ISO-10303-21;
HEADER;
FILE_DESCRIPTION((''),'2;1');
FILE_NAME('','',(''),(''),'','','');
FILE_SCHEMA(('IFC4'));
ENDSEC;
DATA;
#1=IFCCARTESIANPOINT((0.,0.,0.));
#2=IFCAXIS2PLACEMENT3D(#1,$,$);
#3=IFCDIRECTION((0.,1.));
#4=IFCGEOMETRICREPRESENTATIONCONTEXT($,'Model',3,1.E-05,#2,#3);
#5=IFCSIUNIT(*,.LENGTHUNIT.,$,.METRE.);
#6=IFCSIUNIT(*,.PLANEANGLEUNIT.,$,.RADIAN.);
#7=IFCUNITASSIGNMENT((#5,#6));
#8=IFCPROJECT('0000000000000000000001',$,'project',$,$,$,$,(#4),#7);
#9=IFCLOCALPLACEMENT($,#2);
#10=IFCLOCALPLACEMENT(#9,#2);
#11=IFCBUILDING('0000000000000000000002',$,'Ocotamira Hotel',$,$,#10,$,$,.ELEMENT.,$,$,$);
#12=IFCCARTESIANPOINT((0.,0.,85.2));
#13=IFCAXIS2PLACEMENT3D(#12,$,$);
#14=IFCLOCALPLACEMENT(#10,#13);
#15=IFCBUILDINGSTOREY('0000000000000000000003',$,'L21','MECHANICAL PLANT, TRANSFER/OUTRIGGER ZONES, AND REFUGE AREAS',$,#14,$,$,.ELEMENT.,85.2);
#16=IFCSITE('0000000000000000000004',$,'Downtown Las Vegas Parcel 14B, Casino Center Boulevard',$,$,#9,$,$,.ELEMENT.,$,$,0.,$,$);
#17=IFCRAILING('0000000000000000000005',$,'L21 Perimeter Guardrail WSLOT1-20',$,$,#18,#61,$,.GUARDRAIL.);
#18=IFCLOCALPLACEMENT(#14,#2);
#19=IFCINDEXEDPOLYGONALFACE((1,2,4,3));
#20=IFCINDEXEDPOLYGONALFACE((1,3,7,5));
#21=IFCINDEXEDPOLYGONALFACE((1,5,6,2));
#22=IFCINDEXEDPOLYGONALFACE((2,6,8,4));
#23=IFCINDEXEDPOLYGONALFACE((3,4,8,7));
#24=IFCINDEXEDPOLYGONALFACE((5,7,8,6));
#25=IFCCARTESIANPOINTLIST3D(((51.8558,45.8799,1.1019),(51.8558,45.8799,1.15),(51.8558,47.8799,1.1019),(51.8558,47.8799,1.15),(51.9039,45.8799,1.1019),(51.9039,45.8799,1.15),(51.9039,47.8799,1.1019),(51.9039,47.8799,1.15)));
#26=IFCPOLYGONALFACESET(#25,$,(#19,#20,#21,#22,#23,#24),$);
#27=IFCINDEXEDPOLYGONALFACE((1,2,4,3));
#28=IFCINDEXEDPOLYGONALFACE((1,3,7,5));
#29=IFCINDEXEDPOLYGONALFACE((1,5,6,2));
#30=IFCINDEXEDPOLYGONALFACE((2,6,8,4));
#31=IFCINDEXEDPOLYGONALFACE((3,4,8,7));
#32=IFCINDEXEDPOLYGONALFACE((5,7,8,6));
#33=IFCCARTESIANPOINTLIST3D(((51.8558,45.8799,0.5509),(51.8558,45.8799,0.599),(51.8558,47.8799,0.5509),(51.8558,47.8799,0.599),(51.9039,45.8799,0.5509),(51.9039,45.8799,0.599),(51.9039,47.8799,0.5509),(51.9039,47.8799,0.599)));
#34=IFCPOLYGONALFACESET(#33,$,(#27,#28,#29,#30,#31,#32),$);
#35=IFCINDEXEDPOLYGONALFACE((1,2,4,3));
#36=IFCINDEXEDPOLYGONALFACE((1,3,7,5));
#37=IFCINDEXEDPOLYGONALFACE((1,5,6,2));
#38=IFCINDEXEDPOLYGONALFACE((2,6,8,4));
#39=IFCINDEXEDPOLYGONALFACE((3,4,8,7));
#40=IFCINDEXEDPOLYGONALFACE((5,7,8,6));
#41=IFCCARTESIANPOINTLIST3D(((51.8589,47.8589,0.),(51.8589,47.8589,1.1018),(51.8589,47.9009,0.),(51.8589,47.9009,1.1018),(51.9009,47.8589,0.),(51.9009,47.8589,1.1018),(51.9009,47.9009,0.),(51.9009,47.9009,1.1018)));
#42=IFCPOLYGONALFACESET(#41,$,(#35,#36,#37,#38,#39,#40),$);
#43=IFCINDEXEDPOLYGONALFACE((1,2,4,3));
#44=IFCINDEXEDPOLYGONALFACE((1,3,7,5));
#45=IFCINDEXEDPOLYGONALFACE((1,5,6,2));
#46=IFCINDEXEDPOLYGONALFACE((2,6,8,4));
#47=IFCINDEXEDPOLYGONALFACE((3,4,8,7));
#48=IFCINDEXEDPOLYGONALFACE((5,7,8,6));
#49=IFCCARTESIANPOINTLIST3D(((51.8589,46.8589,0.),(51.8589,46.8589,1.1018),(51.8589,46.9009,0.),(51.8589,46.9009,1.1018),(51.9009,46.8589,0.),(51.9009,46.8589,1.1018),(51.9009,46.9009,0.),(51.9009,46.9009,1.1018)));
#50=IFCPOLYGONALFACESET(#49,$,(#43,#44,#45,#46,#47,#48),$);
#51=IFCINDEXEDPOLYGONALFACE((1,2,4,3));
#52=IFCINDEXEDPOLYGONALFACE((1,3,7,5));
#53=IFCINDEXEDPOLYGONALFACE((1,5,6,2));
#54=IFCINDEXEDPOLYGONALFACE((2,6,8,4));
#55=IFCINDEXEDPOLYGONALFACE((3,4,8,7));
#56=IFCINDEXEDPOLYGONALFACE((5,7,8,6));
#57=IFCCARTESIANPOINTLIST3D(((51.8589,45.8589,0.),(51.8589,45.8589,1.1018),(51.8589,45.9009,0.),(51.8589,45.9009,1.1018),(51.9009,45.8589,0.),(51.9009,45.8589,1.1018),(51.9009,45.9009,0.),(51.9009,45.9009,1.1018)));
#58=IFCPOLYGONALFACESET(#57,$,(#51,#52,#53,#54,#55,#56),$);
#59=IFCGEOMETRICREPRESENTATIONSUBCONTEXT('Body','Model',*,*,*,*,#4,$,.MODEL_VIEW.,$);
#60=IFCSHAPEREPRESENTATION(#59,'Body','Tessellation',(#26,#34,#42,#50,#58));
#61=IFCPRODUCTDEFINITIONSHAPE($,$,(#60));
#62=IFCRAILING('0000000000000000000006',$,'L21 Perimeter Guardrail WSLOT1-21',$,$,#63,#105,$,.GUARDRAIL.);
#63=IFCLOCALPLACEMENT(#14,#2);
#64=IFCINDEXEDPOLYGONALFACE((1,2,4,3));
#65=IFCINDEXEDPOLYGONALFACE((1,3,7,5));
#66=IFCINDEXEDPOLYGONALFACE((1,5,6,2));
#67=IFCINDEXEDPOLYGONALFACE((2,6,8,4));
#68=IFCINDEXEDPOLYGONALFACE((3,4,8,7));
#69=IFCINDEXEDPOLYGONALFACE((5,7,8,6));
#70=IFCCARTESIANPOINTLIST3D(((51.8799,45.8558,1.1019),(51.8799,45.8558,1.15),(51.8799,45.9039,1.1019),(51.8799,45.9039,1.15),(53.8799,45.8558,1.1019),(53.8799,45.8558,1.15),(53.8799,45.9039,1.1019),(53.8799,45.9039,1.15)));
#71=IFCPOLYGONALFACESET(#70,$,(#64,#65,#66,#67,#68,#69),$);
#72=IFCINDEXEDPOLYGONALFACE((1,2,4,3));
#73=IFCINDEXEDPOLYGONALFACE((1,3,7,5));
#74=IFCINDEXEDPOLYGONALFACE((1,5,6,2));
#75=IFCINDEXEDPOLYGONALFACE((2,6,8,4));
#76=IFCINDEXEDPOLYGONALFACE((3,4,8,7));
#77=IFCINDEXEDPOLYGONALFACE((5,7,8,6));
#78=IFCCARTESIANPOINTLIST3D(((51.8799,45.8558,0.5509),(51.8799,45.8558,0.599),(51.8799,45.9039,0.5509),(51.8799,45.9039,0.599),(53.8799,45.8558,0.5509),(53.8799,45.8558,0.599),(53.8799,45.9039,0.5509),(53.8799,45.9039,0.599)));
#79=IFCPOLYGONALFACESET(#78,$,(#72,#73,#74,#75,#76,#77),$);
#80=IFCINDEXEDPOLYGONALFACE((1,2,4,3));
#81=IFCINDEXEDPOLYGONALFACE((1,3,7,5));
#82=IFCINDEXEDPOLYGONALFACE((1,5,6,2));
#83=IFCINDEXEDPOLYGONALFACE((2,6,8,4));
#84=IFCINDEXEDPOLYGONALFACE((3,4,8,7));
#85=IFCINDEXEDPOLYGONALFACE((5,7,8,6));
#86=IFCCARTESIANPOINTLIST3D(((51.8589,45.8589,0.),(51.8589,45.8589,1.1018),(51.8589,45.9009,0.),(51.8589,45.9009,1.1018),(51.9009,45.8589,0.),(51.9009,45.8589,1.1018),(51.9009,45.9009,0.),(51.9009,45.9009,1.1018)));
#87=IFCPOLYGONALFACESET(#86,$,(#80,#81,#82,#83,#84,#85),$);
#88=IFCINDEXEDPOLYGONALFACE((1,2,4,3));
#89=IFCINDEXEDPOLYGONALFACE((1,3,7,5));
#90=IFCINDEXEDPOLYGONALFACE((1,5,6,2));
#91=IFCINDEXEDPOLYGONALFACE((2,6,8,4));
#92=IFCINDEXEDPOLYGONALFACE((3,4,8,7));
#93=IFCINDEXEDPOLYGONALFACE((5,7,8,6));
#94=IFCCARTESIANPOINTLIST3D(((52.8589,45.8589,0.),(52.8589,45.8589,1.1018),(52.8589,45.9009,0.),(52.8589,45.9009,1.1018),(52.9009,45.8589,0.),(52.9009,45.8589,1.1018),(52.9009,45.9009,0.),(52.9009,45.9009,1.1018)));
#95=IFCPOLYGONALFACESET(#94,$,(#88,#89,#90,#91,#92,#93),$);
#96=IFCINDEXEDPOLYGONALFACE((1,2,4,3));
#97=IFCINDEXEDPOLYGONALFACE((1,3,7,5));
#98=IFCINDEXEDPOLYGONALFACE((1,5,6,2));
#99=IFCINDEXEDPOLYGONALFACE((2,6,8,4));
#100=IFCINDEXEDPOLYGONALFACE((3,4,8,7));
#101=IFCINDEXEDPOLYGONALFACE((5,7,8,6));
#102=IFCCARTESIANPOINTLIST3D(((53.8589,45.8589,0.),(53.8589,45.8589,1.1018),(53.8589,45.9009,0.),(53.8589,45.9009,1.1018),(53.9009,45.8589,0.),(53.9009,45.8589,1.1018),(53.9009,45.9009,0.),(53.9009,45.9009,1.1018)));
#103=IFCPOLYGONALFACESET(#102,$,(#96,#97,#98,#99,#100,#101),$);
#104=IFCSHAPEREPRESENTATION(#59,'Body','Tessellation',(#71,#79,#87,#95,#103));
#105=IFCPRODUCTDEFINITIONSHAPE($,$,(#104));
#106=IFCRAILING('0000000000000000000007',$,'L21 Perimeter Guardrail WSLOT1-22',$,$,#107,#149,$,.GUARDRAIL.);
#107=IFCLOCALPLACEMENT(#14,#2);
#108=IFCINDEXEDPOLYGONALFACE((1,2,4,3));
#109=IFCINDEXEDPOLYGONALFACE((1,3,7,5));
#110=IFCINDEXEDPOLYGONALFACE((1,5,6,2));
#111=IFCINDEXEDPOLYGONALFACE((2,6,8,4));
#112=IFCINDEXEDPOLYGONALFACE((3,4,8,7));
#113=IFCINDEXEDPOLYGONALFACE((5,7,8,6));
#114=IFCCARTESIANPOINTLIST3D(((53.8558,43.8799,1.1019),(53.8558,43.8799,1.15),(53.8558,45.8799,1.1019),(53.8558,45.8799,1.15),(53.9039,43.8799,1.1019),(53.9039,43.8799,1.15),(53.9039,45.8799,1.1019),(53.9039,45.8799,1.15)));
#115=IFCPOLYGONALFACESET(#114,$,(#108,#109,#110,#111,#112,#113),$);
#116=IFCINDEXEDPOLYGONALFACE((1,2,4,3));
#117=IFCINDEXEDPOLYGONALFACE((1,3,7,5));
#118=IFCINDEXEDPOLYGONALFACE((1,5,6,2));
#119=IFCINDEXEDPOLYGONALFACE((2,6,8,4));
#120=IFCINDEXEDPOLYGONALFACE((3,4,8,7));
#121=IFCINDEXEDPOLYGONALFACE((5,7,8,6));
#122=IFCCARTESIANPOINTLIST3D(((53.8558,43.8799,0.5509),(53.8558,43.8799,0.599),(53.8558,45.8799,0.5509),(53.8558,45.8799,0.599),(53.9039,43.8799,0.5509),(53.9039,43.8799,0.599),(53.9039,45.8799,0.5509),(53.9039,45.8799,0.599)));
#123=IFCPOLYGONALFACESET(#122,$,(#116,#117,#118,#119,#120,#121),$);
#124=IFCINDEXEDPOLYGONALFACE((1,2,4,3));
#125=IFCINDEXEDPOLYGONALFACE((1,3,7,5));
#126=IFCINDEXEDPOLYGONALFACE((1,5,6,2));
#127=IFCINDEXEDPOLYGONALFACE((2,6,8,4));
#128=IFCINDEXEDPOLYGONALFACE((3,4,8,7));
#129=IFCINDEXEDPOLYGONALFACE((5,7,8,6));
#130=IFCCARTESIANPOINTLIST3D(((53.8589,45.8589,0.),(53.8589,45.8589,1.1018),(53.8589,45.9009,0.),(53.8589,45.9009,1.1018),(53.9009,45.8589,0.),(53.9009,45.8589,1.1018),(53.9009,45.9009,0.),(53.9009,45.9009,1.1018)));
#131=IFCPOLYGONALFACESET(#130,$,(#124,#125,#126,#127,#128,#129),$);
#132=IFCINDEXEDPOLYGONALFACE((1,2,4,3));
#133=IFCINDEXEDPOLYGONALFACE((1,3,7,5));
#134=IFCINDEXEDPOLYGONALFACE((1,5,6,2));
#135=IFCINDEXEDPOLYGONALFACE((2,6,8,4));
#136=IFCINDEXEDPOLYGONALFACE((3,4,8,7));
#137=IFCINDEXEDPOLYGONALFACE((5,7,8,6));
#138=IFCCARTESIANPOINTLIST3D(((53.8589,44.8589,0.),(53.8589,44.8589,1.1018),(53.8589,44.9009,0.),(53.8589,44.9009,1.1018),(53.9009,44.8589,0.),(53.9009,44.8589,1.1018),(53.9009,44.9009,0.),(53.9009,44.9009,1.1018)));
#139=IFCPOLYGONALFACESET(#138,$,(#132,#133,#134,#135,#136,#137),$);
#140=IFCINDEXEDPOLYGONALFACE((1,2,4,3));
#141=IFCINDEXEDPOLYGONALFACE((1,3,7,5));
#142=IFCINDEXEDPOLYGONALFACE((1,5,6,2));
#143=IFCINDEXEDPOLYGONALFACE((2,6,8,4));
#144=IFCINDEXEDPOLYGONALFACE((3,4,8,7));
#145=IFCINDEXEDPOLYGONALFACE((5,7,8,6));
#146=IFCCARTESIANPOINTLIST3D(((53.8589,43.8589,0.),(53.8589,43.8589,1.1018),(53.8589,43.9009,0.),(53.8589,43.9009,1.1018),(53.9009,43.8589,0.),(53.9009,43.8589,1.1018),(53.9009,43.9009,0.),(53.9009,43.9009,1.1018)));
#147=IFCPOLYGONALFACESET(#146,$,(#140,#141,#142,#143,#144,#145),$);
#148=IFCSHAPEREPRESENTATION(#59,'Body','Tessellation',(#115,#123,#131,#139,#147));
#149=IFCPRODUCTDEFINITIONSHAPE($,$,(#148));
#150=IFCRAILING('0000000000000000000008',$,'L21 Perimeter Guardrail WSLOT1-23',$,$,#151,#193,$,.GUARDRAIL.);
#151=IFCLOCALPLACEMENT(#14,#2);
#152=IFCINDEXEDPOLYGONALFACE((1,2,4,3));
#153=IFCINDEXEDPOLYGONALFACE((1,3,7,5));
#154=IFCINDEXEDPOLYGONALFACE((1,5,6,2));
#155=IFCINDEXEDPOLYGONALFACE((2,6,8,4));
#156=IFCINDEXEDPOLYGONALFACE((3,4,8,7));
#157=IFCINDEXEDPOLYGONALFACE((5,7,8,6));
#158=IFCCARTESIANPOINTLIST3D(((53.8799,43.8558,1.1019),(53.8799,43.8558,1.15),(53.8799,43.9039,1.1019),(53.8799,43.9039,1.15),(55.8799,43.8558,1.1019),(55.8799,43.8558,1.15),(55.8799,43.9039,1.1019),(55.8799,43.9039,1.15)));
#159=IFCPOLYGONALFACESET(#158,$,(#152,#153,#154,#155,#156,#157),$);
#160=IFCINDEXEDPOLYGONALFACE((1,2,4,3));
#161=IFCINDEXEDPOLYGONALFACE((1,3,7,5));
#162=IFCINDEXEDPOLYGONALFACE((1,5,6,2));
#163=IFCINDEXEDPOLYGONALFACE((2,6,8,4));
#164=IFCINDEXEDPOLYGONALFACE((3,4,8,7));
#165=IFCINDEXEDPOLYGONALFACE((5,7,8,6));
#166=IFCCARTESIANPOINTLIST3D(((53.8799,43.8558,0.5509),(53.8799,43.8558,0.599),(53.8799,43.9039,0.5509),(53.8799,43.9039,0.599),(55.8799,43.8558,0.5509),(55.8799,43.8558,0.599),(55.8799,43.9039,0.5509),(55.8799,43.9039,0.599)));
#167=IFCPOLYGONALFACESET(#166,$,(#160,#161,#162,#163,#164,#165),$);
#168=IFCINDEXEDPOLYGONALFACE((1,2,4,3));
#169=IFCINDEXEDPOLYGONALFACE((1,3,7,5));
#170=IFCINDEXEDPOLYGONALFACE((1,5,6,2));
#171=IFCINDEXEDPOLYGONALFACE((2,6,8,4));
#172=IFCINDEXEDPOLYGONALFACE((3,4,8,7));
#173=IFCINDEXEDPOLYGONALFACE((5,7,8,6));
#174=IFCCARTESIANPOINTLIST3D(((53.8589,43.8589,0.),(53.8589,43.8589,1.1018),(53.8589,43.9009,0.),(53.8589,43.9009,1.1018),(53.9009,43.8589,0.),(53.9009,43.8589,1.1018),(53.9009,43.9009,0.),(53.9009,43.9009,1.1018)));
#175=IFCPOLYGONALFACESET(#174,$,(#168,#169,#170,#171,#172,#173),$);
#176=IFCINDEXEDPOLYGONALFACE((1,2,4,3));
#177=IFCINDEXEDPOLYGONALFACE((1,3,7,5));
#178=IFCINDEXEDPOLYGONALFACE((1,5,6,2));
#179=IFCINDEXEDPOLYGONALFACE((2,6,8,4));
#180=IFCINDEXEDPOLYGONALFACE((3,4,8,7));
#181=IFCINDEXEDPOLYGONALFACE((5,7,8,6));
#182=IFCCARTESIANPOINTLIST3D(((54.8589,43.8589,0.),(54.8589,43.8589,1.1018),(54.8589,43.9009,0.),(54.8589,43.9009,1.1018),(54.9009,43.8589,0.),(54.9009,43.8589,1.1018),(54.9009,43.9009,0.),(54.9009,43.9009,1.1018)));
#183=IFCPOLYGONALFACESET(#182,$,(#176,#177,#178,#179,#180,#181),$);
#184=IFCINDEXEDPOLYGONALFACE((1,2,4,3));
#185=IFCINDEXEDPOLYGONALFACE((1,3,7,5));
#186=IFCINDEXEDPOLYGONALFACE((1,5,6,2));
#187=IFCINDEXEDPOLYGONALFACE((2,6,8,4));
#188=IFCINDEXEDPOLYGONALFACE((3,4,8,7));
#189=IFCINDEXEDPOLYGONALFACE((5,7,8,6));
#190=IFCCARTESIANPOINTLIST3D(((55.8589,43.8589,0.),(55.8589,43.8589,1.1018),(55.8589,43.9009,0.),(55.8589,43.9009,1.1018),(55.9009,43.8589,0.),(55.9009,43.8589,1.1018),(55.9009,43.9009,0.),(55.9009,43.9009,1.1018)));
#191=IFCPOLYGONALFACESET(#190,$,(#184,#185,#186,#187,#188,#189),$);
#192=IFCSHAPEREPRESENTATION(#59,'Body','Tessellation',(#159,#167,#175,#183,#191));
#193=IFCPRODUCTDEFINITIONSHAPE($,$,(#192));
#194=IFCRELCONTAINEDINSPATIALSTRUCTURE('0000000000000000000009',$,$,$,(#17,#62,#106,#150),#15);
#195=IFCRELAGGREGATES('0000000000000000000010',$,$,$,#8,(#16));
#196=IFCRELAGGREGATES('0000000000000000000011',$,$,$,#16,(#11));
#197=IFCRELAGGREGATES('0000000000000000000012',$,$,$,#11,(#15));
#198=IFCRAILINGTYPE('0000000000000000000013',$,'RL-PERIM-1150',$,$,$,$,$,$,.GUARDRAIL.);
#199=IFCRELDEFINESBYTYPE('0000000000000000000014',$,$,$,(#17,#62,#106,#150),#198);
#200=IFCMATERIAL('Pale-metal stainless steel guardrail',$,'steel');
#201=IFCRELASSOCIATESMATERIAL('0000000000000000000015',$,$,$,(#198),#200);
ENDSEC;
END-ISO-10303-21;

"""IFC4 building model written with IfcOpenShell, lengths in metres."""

from ifc_helpers import new_model, si_unit, direction, frame, origin, origin_2d, place, context, subcontext, project, spatial, rectangle, extrude, material, type_object, element, save


model = new_model("IFC4")

# Units and contexts
model_context = context("Model", 3, precision=1e-05, world=origin(), true_north=direction((0.0, 1.0)))
body_context = subcontext(model_context, "Body", "Model", "MODEL_VIEW")
ifc_project = project(units=[si_unit("LENGTHUNIT", "METRE"), si_unit("PLANEANGLEUNIT", "RADIAN")], contexts=[model_context])

# Site, building, storey
site_placement = place(None, origin())
site = spatial("IfcSite", under=ifc_project, at=site_placement, Name="Downtown Las Vegas Parcel 14B, Casino Center Boulevard", CompositionType="ELEMENT", RefElevation=0.0)
building_placement = place(site_placement, origin())
building = spatial("IfcBuilding", under=site, at=building_placement, Name="Ocotamira Hotel", CompositionType="ELEMENT")
storey_placement = place(building_placement, frame((0.0, 0.0, 85.2)))
storey = spatial("IfcBuildingStorey", under=building, at=storey_placement, Name="L21", Description="MECHANICAL PLANT, TRANSFER/OUTRIGGER ZONES, AND REFUGE AREAS", CompositionType="ELEMENT", Elevation=85.2)

# Railings
ifc_material_1 = material(Name="Pale-metal stainless steel guardrail", Category="steel")
railing_type = type_object("IfcRailingType", Name="RL-PERIM-1150", PredefinedType="GUARDRAIL", material=ifc_material_1)
railing_1_placement = place(storey_placement, frame((51.8799, 47.8799, 0.0)))
element("IfcRailing", 1, at=railing_1_placement, inside=storey, type_object=railing_type, Name="L21 Perimeter Guardrail WSLOT1-20", PredefinedType="GUARDRAIL", context=body_context, shape_type="SweptSolid", body=[
    extrude(rectangle(XDim=0.0481, YDim=0.0481, at=origin_2d()), frame((0.0, 0.0, 1.126), z_axis=(0.0, -1.0, 0.0), x_axis=(1.0, 0.0, 0.0)), (0.0, 0.0, 1.0), 2.0),
    extrude(rectangle(XDim=0.0481, YDim=0.0481, at=origin_2d()), frame((0.0, 0.0, 0.575), z_axis=(0.0, -1.0, 0.0), x_axis=(1.0, 0.0, 0.0)), (0.0, 0.0, 1.0), 2.0),
    extrude(rectangle(XDim=0.042, YDim=0.042, at=origin_2d()), origin(), (0.0, 0.0, 1.0), 1.1018),
    extrude(rectangle(XDim=0.042, YDim=0.042, at=origin_2d()), frame((0.0, -1.0, 0.0)), (0.0, 0.0, 1.0), 1.1018),
    extrude(rectangle(XDim=0.042, YDim=0.042, at=origin_2d()), frame((0.0, -2.0, 0.0)), (0.0, 0.0, 1.0), 1.1018),
])
railing_2_placement = place(storey_placement, frame((51.8799, 45.8799, 0.0)))
element("IfcRailing", 2, at=railing_2_placement, inside=storey, type_object=railing_type, Name="L21 Perimeter Guardrail WSLOT1-21", PredefinedType="GUARDRAIL", context=body_context, shape_type="SweptSolid", body=[
    extrude(rectangle(XDim=0.0481, YDim=0.0481, at=origin_2d()), frame((0.0, 0.0, 1.126), z_axis=(1.0, 0.0, 0.0), x_axis=(0.0, 1.0, 0.0)), (0.0, 0.0, 1.0), 2.0),
    extrude(rectangle(XDim=0.0481, YDim=0.0481, at=origin_2d()), frame((0.0, 0.0, 0.575), z_axis=(1.0, 0.0, 0.0), x_axis=(0.0, 1.0, 0.0)), (0.0, 0.0, 1.0), 2.0),
    extrude(rectangle(XDim=0.042, YDim=0.042, at=origin_2d()), origin(), (0.0, 0.0, 1.0), 1.1018),
    extrude(rectangle(XDim=0.042, YDim=0.042, at=origin_2d()), frame((1.0, 0.0, 0.0)), (0.0, 0.0, 1.0), 1.1018),
    extrude(rectangle(XDim=0.042, YDim=0.042, at=origin_2d()), frame((2.0, 0.0, 0.0)), (0.0, 0.0, 1.0), 1.1018),
])
railing_3_placement = place(storey_placement, frame((53.8799, 45.8799, 0.0)))
element("IfcRailing", 3, at=railing_3_placement, inside=storey, type_object=railing_type, Name="L21 Perimeter Guardrail WSLOT1-22", PredefinedType="GUARDRAIL", context=body_context, shape_type="SweptSolid", body=[
    extrude(rectangle(XDim=0.0481, YDim=0.0481, at=origin_2d()), frame((0.0, 0.0, 1.126), z_axis=(0.0, -1.0, 0.0), x_axis=(1.0, 0.0, 0.0)), (0.0, 0.0, 1.0), 2.0),
    extrude(rectangle(XDim=0.0481, YDim=0.0481, at=origin_2d()), frame((0.0, 0.0, 0.575), z_axis=(0.0, -1.0, 0.0), x_axis=(1.0, 0.0, 0.0)), (0.0, 0.0, 1.0), 2.0),
    extrude(rectangle(XDim=0.042, YDim=0.042, at=origin_2d()), origin(), (0.0, 0.0, 1.0), 1.1018),
    extrude(rectangle(XDim=0.042, YDim=0.042, at=origin_2d()), frame((0.0, -1.0, 0.0)), (0.0, 0.0, 1.0), 1.1018),
    extrude(rectangle(XDim=0.042, YDim=0.042, at=origin_2d()), frame((0.0, -2.0, 0.0)), (0.0, 0.0, 1.0), 1.1018),
])
railing_4_placement = place(storey_placement, frame((53.8799, 43.8799, 0.0)))
element("IfcRailing", 4, at=railing_4_placement, inside=storey, type_object=railing_type, Name="L21 Perimeter Guardrail WSLOT1-23", PredefinedType="GUARDRAIL", context=body_context, shape_type="SweptSolid", body=[
    extrude(rectangle(XDim=0.0481, YDim=0.0481, at=origin_2d()), frame((0.0, 0.0, 1.126), z_axis=(1.0, 0.0, 0.0), x_axis=(0.0, 1.0, 0.0)), (0.0, 0.0, 1.0), 2.0),
    extrude(rectangle(XDim=0.0481, YDim=0.0481, at=origin_2d()), frame((0.0, 0.0, 0.575), z_axis=(1.0, 0.0, 0.0), x_axis=(0.0, 1.0, 0.0)), (0.0, 0.0, 1.0), 2.0),
    extrude(rectangle(XDim=0.042, YDim=0.042, at=origin_2d()), origin(), (0.0, 0.0, 1.0), 1.1018),
    extrude(rectangle(XDim=0.042, YDim=0.042, at=origin_2d()), frame((1.0, 0.0, 0.0)), (0.0, 0.0, 1.0), 1.1018),
    extrude(rectangle(XDim=0.042, YDim=0.042, at=origin_2d()), frame((2.0, 0.0, 0.0)), (0.0, 0.0, 1.0), 1.1018),
])

save(model, "model.ifc")
